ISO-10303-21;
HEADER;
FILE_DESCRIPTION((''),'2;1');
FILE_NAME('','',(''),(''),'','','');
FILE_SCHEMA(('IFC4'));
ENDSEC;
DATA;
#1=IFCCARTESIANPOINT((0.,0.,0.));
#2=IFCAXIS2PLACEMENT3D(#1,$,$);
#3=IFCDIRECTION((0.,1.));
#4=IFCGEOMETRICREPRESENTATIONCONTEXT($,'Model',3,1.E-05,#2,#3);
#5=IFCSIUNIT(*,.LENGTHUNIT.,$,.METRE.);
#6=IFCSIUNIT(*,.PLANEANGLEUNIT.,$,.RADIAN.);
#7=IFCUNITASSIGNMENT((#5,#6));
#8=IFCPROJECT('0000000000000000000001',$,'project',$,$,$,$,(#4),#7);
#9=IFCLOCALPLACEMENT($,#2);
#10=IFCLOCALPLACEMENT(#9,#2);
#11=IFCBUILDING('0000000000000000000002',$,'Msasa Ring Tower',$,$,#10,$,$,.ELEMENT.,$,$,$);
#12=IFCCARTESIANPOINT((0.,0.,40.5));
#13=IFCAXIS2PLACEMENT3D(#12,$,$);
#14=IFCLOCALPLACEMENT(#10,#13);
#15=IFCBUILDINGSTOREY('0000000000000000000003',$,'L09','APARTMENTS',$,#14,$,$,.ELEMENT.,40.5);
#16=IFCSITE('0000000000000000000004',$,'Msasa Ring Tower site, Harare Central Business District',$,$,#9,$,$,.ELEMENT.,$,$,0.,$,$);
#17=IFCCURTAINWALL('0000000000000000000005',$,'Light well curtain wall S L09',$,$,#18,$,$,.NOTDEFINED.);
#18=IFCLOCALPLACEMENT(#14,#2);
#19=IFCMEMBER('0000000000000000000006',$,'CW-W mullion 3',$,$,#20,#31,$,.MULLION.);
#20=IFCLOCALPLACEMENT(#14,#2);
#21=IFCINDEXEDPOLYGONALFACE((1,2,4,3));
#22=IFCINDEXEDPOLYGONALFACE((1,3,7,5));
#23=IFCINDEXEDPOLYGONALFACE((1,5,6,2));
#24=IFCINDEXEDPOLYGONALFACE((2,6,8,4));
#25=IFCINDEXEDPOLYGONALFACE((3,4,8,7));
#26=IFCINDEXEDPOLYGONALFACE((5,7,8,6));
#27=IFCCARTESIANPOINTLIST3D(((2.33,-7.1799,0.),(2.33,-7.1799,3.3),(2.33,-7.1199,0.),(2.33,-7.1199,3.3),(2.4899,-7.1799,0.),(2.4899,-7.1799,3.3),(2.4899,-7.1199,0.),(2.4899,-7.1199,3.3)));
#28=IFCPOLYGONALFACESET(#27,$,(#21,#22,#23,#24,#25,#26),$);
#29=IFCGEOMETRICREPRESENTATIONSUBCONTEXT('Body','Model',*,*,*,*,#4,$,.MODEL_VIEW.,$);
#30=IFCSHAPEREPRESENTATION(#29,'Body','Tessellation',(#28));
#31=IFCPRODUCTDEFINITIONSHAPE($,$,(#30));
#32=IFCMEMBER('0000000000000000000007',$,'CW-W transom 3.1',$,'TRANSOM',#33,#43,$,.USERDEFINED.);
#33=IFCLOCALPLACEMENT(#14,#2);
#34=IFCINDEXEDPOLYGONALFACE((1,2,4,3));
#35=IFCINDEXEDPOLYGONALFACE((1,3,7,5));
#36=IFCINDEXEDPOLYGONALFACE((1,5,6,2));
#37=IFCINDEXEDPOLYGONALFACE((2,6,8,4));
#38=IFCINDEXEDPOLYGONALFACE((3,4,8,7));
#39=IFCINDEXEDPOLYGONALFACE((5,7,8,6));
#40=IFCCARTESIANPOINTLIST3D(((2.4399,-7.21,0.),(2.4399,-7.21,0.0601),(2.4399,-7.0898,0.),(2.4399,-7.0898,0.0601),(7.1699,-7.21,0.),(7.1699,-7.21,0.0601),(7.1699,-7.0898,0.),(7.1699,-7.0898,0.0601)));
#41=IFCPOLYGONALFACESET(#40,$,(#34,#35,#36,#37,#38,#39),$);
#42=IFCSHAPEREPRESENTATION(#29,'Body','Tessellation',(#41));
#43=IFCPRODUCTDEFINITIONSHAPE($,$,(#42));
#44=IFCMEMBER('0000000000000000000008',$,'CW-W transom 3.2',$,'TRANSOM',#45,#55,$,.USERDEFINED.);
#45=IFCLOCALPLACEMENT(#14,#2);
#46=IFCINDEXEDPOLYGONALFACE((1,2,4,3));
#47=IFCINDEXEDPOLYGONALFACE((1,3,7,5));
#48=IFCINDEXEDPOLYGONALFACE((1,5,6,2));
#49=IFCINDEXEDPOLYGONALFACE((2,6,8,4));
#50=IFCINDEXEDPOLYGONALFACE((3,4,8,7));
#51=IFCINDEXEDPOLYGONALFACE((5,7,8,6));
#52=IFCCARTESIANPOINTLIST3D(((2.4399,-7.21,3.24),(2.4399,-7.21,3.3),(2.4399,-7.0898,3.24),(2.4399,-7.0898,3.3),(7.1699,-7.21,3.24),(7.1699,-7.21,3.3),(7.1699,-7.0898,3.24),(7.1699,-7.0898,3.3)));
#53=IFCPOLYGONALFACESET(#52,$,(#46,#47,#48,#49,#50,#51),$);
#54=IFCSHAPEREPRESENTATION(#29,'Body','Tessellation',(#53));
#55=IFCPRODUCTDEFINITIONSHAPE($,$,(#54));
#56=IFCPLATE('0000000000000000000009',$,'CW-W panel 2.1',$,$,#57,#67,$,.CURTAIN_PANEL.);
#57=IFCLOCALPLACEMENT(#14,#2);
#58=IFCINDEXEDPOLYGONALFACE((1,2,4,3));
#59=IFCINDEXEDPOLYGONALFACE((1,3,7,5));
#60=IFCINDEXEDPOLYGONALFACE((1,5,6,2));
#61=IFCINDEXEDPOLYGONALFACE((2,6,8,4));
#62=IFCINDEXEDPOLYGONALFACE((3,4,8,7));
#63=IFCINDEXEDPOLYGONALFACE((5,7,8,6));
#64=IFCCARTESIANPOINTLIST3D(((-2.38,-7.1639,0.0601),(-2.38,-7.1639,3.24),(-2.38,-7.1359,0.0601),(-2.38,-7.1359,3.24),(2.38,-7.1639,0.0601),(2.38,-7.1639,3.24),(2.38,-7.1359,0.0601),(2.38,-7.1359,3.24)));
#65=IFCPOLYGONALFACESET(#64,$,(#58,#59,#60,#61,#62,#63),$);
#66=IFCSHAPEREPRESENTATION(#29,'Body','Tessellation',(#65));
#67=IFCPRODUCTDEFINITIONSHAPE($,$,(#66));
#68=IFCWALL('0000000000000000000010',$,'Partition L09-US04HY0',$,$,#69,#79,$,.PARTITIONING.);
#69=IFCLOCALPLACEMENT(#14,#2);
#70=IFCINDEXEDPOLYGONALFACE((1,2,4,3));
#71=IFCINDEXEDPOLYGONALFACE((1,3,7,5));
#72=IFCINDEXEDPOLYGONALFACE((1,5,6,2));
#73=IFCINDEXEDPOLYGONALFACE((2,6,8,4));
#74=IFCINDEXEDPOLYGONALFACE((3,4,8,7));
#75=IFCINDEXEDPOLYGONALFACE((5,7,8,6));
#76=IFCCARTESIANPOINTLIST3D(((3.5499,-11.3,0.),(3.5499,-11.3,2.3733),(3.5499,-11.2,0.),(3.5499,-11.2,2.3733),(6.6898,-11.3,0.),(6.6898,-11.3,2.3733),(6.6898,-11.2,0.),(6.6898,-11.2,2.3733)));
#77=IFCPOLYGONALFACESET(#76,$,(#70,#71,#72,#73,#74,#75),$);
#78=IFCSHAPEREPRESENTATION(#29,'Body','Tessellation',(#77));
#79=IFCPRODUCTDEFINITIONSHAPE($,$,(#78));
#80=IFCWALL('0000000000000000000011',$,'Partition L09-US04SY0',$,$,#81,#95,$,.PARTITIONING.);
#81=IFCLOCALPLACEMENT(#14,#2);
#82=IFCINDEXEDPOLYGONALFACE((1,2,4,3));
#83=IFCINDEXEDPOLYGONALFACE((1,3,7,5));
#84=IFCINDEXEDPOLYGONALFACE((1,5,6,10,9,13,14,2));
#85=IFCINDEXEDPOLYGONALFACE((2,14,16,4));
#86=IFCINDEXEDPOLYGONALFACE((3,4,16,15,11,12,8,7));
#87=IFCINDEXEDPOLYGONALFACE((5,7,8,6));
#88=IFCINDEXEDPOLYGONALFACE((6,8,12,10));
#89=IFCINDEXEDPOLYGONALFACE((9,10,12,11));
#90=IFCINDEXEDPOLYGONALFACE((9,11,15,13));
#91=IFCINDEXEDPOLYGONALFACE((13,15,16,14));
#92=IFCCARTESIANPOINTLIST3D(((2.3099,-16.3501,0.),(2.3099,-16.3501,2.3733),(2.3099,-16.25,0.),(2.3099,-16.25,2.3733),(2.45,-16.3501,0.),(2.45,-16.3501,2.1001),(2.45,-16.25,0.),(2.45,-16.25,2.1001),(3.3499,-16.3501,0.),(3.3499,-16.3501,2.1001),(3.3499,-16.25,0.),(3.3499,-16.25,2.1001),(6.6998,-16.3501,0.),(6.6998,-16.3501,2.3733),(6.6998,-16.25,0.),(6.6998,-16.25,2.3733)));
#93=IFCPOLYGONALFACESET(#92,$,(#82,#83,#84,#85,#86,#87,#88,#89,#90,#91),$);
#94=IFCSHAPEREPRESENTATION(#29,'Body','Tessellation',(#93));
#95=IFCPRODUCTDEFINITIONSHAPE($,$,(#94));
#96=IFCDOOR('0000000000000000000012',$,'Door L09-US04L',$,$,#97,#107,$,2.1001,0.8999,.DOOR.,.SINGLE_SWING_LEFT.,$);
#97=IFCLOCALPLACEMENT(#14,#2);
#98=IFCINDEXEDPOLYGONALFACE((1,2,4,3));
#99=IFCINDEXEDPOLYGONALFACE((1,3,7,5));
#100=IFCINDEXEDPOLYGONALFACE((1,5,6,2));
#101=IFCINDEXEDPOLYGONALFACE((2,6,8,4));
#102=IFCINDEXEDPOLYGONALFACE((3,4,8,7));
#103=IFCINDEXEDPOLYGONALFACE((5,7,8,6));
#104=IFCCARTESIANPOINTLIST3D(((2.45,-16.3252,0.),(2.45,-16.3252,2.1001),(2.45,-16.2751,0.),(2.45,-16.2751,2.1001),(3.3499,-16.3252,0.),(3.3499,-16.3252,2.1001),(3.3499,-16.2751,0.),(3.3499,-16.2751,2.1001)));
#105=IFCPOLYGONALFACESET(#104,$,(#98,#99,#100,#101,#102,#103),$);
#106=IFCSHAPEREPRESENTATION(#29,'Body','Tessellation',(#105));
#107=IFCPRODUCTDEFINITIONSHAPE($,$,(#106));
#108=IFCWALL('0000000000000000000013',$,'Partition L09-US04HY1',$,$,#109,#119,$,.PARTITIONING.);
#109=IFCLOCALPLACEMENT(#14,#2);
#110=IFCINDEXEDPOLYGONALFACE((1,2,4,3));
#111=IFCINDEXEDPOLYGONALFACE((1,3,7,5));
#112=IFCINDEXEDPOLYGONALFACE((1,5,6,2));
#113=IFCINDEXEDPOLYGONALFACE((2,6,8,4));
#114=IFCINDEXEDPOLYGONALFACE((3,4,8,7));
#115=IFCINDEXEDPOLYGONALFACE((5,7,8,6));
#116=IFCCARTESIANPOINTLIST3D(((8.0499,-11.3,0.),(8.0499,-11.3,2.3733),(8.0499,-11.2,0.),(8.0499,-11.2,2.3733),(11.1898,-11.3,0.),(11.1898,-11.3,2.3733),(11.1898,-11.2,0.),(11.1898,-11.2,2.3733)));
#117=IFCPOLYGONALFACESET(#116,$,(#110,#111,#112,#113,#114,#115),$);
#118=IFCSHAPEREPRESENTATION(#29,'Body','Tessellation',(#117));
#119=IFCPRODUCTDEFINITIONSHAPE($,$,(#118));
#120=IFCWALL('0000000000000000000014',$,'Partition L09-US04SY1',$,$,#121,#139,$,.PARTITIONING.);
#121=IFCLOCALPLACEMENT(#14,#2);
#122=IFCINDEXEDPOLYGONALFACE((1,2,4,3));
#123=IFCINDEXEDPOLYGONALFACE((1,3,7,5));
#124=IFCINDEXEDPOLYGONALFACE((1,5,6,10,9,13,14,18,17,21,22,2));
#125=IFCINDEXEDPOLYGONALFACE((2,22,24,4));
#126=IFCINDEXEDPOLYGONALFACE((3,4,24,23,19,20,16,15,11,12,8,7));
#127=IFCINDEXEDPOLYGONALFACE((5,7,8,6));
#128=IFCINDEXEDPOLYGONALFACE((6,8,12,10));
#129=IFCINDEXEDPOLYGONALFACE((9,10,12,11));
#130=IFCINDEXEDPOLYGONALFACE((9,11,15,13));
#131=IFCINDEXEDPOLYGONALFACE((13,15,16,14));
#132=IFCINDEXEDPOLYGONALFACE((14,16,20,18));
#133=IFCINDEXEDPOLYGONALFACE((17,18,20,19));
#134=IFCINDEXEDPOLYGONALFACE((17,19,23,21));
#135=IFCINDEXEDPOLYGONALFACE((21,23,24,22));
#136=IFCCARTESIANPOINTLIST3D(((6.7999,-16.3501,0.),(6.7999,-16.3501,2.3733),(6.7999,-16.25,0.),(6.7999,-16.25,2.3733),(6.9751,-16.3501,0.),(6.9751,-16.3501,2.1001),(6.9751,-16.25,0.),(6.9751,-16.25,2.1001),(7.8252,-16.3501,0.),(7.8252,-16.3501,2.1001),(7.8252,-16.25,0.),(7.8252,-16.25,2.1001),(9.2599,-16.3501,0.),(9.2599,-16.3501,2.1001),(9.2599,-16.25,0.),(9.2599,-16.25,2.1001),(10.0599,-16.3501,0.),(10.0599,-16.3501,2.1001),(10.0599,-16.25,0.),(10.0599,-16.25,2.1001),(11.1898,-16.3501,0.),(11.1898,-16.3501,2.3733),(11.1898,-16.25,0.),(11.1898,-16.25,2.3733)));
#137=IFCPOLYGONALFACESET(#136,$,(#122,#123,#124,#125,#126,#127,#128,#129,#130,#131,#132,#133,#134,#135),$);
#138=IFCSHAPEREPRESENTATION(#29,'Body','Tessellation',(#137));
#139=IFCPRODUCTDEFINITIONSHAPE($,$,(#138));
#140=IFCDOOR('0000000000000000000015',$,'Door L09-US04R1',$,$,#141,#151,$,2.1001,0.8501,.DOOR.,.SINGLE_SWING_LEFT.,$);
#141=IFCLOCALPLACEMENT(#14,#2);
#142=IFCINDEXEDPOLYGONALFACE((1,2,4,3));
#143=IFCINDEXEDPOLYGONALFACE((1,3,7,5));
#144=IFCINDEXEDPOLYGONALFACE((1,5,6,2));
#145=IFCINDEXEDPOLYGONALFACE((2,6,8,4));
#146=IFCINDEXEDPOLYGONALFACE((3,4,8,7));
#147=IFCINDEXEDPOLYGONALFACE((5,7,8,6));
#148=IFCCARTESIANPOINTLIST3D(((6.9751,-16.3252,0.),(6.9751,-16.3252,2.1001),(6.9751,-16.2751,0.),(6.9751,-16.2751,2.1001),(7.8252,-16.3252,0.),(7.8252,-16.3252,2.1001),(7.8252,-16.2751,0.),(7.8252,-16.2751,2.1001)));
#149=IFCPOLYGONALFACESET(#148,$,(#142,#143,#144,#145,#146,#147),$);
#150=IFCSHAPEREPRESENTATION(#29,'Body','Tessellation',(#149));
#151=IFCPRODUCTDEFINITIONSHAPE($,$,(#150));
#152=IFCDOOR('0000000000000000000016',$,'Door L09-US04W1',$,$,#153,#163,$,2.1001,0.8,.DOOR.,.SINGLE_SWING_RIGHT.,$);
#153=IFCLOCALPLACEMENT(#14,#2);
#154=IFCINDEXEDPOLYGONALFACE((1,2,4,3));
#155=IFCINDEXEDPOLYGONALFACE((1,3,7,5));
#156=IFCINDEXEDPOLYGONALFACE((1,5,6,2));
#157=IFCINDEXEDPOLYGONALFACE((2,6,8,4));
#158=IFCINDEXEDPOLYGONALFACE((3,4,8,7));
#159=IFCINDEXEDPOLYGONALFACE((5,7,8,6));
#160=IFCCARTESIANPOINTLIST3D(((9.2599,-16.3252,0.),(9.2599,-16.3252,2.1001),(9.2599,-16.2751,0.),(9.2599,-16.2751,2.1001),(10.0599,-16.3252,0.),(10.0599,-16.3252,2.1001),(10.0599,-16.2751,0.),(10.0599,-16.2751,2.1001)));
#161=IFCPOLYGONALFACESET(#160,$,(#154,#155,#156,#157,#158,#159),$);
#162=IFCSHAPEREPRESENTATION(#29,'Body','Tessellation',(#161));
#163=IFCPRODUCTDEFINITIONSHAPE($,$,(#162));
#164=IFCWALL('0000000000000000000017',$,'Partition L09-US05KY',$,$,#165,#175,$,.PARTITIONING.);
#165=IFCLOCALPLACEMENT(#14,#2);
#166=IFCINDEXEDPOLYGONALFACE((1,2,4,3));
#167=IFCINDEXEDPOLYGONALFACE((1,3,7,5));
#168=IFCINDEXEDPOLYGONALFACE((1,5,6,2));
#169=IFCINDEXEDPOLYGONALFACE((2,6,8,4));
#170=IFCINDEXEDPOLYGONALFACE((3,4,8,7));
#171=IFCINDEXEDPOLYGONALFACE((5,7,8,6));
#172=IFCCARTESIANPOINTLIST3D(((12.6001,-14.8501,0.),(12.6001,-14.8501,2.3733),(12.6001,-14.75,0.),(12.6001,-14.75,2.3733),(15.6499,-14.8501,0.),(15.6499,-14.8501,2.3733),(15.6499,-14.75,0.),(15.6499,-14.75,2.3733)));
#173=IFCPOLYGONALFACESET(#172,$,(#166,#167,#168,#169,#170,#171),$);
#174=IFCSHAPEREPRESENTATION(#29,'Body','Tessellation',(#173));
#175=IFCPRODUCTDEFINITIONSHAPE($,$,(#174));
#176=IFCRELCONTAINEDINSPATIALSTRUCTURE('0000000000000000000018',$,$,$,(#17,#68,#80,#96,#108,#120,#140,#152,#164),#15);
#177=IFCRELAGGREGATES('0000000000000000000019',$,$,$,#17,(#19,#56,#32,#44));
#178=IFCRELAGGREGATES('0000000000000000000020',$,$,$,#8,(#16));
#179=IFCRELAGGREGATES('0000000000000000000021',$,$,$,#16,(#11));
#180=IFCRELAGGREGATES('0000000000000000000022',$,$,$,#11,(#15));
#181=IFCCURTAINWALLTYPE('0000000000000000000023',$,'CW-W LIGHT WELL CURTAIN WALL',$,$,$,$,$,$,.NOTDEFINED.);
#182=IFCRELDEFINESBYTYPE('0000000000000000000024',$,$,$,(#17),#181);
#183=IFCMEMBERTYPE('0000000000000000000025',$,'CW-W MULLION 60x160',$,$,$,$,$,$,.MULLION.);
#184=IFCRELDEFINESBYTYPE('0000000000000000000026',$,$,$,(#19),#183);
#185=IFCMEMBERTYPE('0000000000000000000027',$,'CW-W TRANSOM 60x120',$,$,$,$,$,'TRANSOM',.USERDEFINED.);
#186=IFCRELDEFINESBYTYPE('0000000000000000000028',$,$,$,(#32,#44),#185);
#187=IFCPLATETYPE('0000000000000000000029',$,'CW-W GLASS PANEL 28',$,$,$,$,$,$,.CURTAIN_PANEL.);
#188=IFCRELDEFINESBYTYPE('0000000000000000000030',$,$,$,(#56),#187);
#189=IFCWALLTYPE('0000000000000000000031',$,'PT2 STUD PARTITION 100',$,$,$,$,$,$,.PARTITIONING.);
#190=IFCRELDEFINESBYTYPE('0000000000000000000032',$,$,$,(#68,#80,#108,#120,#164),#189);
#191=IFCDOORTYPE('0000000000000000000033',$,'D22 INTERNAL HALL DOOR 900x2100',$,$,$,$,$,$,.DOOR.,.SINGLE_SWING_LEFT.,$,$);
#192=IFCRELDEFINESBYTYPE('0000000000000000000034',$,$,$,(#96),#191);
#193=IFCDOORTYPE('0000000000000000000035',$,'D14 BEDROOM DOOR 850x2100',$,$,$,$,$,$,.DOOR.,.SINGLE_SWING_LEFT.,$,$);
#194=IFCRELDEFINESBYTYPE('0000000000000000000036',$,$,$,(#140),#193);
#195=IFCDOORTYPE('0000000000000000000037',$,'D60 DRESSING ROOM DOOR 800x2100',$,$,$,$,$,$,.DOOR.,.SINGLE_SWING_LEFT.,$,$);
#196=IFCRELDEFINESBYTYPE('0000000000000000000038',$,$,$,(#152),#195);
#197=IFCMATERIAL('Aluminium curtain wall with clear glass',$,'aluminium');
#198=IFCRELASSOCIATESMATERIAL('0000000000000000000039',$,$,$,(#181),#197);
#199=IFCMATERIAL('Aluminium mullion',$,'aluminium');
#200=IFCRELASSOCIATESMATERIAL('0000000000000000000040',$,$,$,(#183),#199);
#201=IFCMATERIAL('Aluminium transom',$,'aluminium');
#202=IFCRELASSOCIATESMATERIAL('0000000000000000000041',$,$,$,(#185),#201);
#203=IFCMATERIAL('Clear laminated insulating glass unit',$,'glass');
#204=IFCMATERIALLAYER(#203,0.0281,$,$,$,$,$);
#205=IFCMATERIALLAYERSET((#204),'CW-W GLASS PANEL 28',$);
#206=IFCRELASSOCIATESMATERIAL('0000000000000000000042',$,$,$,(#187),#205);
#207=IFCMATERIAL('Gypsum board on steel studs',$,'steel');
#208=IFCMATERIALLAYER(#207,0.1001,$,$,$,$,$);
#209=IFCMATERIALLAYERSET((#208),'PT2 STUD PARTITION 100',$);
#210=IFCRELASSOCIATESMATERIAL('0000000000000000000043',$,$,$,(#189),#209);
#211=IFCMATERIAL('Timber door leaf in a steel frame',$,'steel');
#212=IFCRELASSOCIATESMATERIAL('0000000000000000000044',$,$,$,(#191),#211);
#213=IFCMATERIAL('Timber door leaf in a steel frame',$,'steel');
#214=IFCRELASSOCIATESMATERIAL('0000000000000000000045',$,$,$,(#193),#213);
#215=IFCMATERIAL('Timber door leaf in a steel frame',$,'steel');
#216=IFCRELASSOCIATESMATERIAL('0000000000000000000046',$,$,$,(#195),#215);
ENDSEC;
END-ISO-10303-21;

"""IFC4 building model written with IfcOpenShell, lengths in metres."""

from ifc_helpers import new_model, si_unit, direction, frame, frame_2d, origin, origin_2d, place, context, subcontext, project, spatial, rectangle, extrude, material, layer, layer_set, material_profile, profile_set, type_object, element, fill, aggregate, save


model = new_model("IFC4")

# Units and contexts
model_context = context("Model", 3, precision=1e-05, world=origin(), true_north=direction((0.0, 1.0)))
body_context = subcontext(model_context, "Body", "Model", "MODEL_VIEW")
ifc_project = project(units=[si_unit("LENGTHUNIT", "METRE"), si_unit("PLANEANGLEUNIT", "RADIAN")], contexts=[model_context])

# Site, building, storey
site_placement = place(None, origin())
site = spatial("IfcSite", under=ifc_project, at=site_placement, Name="Msasa Ring Tower site, Harare Central Business District", CompositionType="ELEMENT", RefElevation=0.0)
building_placement = place(site_placement, origin())
building = spatial("IfcBuilding", under=site, at=building_placement, Name="Msasa Ring Tower", CompositionType="ELEMENT")
storey_placement = place(building_placement, frame((0.0, 0.0, 40.5)))
storey = spatial("IfcBuildingStorey", under=building, at=storey_placement, Name="L09", Description="APARTMENTS", CompositionType="ELEMENT", Elevation=40.5)

# Curtain wall, members, plate
ifc_material_1 = material(Name="Aluminium curtain wall with clear glass", Category="aluminium")
curtain_wall_type = type_object("IfcCurtainWallType", Name="CW-W LIGHT WELL CURTAIN WALL", PredefinedType="NOTDEFINED", material=ifc_material_1)
curtain_wall_placement = place(storey_placement, origin())
curtain_wall = element("IfcCurtainWall", 1, at=curtain_wall_placement, inside=storey, type_object=curtain_wall_type, Name="Light well curtain wall S L09", PredefinedType="NOTDEFINED")
ifc_material_2 = material(Name="Aluminium mullion", Category="aluminium")
ifc_material_profile_1 = material_profile(ifc_material_2, rectangle(XDim=0.0601, YDim=0.1599, at=origin_2d()), Name="AL 60x160")
ifc_profile_set_1 = profile_set([ifc_material_profile_1], Name="Aluminium mullion")
member_type_1 = type_object("IfcMemberType", Name="CW-W MULLION 60x160", PredefinedType="MULLION", material=ifc_profile_set_1)
member_1_placement = place(storey_placement, frame((2.4099, -7.1499, 0.0), z_axis=(0.0, 0.0, 1.0), x_axis=(0.0, 1.0, 0.0)))
member_1 = element("IfcMember", 2, at=member_1_placement, type_object=member_type_1, Name="CW-W mullion 3", PredefinedType="MULLION", context=body_context, shape_type="SweptSolid", body=[
    extrude(rectangle(XDim=0.0601, YDim=0.1599, at=origin_2d()), origin(), (0.0, 0.0, 1.0), 3.3),
])
ifc_material_3 = material(Name="Aluminium transom", Category="aluminium")
ifc_material_profile_2 = material_profile(ifc_material_3, rectangle(XDim=0.1201, YDim=0.0601, at=origin_2d()), Name="AL 60x120")
ifc_profile_set_2 = profile_set([ifc_material_profile_2], Name="Aluminium transom")
member_type_2 = type_object("IfcMemberType", Name="CW-W TRANSOM 60x120", ElementType="TRANSOM", PredefinedType="USERDEFINED", material=ifc_profile_set_2)
member_2_placement = place(storey_placement, frame((2.4399, -7.1499, 0.03), z_axis=(1.0, 0.0, 0.0), x_axis=(0.0, 1.0, 0.0)))
member_2 = element("IfcMember", 3, at=member_2_placement, type_object=member_type_2, Name="CW-W transom 3.1", ObjectType="TRANSOM", PredefinedType="USERDEFINED", context=body_context, shape_type="SweptSolid", body=[
    extrude(rectangle(XDim=0.1201, YDim=0.0601, at=origin_2d()), origin(), (0.0, 0.0, 1.0), 4.73),
])
member_3_placement = place(storey_placement, frame((2.4399, -7.1499, 3.27), z_axis=(1.0, 0.0, 0.0), x_axis=(0.0, 1.0, 0.0)))
member_3 = element("IfcMember", 4, at=member_3_placement, type_object=member_type_2, Name="CW-W transom 3.2", ObjectType="TRANSOM", PredefinedType="USERDEFINED", context=body_context, shape_type="SweptSolid", body=[
    extrude(rectangle(XDim=0.1201, YDim=0.0601, at=origin_2d()), origin(), (0.0, 0.0, 1.0), 4.73),
])
ifc_material_4 = material(Name="Clear laminated insulating glass unit", Category="glass")
ifc_layer_1 = layer(ifc_material_4, 0.0281)
ifc_layer_set_1 = layer_set([ifc_layer_1], Name="CW-W GLASS PANEL 28")
plate_type = type_object("IfcPlateType", Name="CW-W GLASS PANEL 28", PredefinedType="CURTAIN_PANEL", material=ifc_layer_set_1)
plate_placement = place(storey_placement, frame((0.0, -7.1499, 0.0601), z_axis=(0.0, 0.0, 1.0), x_axis=(1.0, 0.0, 0.0)))
plate = element("IfcPlate", 5, at=plate_placement, type_object=plate_type, Name="CW-W panel 2.1", PredefinedType="CURTAIN_PANEL", context=body_context, shape_type="SweptSolid", body=[
    extrude(rectangle(XDim=4.76, YDim=0.0281, at=origin_2d()), origin(), (0.0, 0.0, 1.0), 3.1799),
])
aggregate(curtain_wall, [member_1, plate, member_2, member_3])

# Wall
ifc_material_5 = material(Name="Gypsum board on steel studs", Category="steel")
ifc_layer_2 = layer(ifc_material_5, 0.1001)
ifc_layer_set_2 = layer_set([ifc_layer_2], Name="PT2 STUD PARTITION 100")
wall_type_1 = type_object("IfcWallType", Name="PT2 STUD PARTITION 100", PredefinedType="PARTITIONING", material=ifc_layer_set_2)
wall_1_placement = place(storey_placement, frame((3.55, -11.25, 0.0), z_axis=(0.0, 0.0, 1.0), x_axis=(1.0, 0.0, 0.0)))
element("IfcWall", 6, at=wall_1_placement, inside=storey, type_object=wall_type_1, Name="Partition L09-US04HY0", PredefinedType="PARTITIONING", context=body_context, shape_type="SweptSolid", body=[
    extrude(rectangle(XDim=3.1399, YDim=0.1001, at=frame_2d((1.5698, 0.0))), origin(), (0.0, 0.0, 1.0), 2.3733),
])

# Wall, opening, door
wall_2_placement = place(storey_placement, frame((2.3101, -16.3, 0.0), z_axis=(0.0, 0.0, 1.0), x_axis=(1.0, 0.0, 0.0)))
wall_2 = element("IfcWall", 7, at=wall_2_placement, inside=storey, type_object=wall_type_1, Name="Partition L09-US04SY0", PredefinedType="PARTITIONING", context=body_context, shape_type="SweptSolid", body=[
    extrude(rectangle(XDim=4.3899, YDim=0.1001, at=frame_2d((2.1948, 0.0))), origin(), (0.0, 0.0, 1.0), 2.3733),
])
opening_1_placement = place(wall_2_placement, frame((0.1399, 0.0, 0.0)))
opening_1 = element("IfcOpeningElement", 8, at=opening_1_placement, cuts=wall_2, PredefinedType="OPENING", context=body_context, shape_type="SweptSolid", body=[
    extrude(rectangle(XDim=0.8999, YDim=2.1001, at=frame_2d((0.45, 1.05))), frame((0.0, 0.0601, 0.0), z_axis=(0.0, -1.0, 0.0), x_axis=(1.0, 0.0, 0.0)), (0.0, 0.0, 1.0), 0.1201),
])
ifc_material_6 = material(Name="Timber door leaf in a steel frame", Category="steel")
door_type_1 = type_object("IfcDoorType", Name="D22 INTERNAL HALL DOOR 900x2100", OperationType="SINGLE_SWING_LEFT", PredefinedType="DOOR", material=ifc_material_6)
door_1_placement = place(opening_1_placement, origin())
door_1 = element("IfcDoor", 9, at=door_1_placement, inside=storey, type_object=door_type_1, Name="Door L09-US04L", OperationType="SINGLE_SWING_LEFT", OverallHeight=2.1001, OverallWidth=0.8999, PredefinedType="DOOR", context=body_context, shape_type="SweptSolid", body=[
    extrude(rectangle(XDim=0.8999, YDim=2.1001, at=frame_2d((0.45, 1.05))), frame((0.0, 0.0249, 0.0), z_axis=(0.0, -1.0, 0.0), x_axis=(1.0, 0.0, 0.0)), (0.0, 0.0, 1.0), 0.05),
])
fill(opening_1, door_1)

# Wall
wall_3_placement = place(storey_placement, frame((8.05, -11.25, 0.0), z_axis=(0.0, 0.0, 1.0), x_axis=(1.0, 0.0, 0.0)))
element("IfcWall", 10, at=wall_3_placement, inside=storey, type_object=wall_type_1, Name="Partition L09-US04HY1", PredefinedType="PARTITIONING", context=body_context, shape_type="SweptSolid", body=[
    extrude(rectangle(XDim=3.1399, YDim=0.1001, at=frame_2d((1.5698, 0.0))), origin(), (0.0, 0.0, 1.0), 2.3733),
])

# Wall, openings, doors
wall_4_placement = place(storey_placement, frame((6.8, -16.3, 0.0), z_axis=(0.0, 0.0, 1.0), x_axis=(1.0, 0.0, 0.0)))
wall_4 = element("IfcWall", 11, at=wall_4_placement, inside=storey, type_object=wall_type_1, Name="Partition L09-US04SY1", PredefinedType="PARTITIONING", context=body_context, shape_type="SweptSolid", body=[
    extrude(rectangle(XDim=4.3899, YDim=0.1001, at=frame_2d((2.1948, 0.0))), origin(), (0.0, 0.0, 1.0), 2.3733),
])
opening_2_placement = place(wall_4_placement, frame((0.175, 0.0, 0.0)))
opening_2 = element("IfcOpeningElement", 12, at=opening_2_placement, cuts=wall_4, PredefinedType="OPENING", context=body_context, shape_type="SweptSolid", body=[
    extrude(rectangle(XDim=0.8501, YDim=2.1001, at=frame_2d((0.425, 1.05))), frame((0.0, 0.0601, 0.0), z_axis=(0.0, -1.0, 0.0), x_axis=(1.0, 0.0, 0.0)), (0.0, 0.0, 1.0), 0.1201),
])
opening_3_placement = place(wall_4_placement, frame((2.46, 0.0, 0.0)))
opening_3 = element("IfcOpeningElement", 13, at=opening_3_placement, cuts=wall_4, PredefinedType="OPENING", context=body_context, shape_type="SweptSolid", body=[
    extrude(rectangle(XDim=0.8, YDim=2.1001, at=frame_2d((0.3999, 1.05))), frame((0.0, 0.0601, 0.0), z_axis=(0.0, -1.0, 0.0), x_axis=(1.0, 0.0, 0.0)), (0.0, 0.0, 1.0), 0.1201),
])
ifc_material_7 = material(Name="Timber door leaf in a steel frame", Category="steel")
door_type_2 = type_object("IfcDoorType", Name="D14 BEDROOM DOOR 850x2100", OperationType="SINGLE_SWING_LEFT", PredefinedType="DOOR", material=ifc_material_7)
door_2_placement = place(opening_2_placement, origin())
door_2 = element("IfcDoor", 14, at=door_2_placement, inside=storey, type_object=door_type_2, Name="Door L09-US04R1", OperationType="SINGLE_SWING_LEFT", OverallHeight=2.1001, OverallWidth=0.8501, PredefinedType="DOOR", context=body_context, shape_type="SweptSolid", body=[
    extrude(rectangle(XDim=0.8501, YDim=2.1001, at=frame_2d((0.425, 1.05))), frame((0.0, 0.0249, 0.0), z_axis=(0.0, -1.0, 0.0), x_axis=(1.0, 0.0, 0.0)), (0.0, 0.0, 1.0), 0.05),
])
fill(opening_2, door_2)
ifc_material_8 = material(Name="Timber door leaf in a steel frame", Category="steel")
door_type_3 = type_object("IfcDoorType", Name="D60 DRESSING ROOM DOOR 800x2100", OperationType="SINGLE_SWING_LEFT", PredefinedType="DOOR", material=ifc_material_8)
door_3_placement = place(opening_3_placement, origin())
door_3 = element("IfcDoor", 15, at=door_3_placement, inside=storey, type_object=door_type_3, Name="Door L09-US04W1", OperationType="SINGLE_SWING_RIGHT", OverallHeight=2.1001, OverallWidth=0.8, PredefinedType="DOOR", context=body_context, shape_type="SweptSolid", body=[
    extrude(rectangle(XDim=0.8, YDim=2.1001, at=frame_2d((0.3999, 1.05))), frame((0.0, 0.0249, 0.0), z_axis=(0.0, -1.0, 0.0), x_axis=(1.0, 0.0, 0.0)), (0.0, 0.0, 1.0), 0.05),
])
fill(opening_3, door_3)

# Wall
wall_5_placement = place(storey_placement, frame((12.6001, -14.8, 0.0), z_axis=(0.0, 0.0, 1.0), x_axis=(1.0, 0.0, 0.0)))
element("IfcWall", 16, at=wall_5_placement, inside=storey, type_object=wall_type_1, Name="Partition L09-US05KY", PredefinedType="PARTITIONING", context=body_context, shape_type="SweptSolid", body=[
    extrude(rectangle(XDim=3.0498, YDim=0.1001, at=frame_2d((1.5249, 0.0))), origin(), (0.0, 0.0, 1.0), 2.3733),
])

save(model, "model.ifc")
